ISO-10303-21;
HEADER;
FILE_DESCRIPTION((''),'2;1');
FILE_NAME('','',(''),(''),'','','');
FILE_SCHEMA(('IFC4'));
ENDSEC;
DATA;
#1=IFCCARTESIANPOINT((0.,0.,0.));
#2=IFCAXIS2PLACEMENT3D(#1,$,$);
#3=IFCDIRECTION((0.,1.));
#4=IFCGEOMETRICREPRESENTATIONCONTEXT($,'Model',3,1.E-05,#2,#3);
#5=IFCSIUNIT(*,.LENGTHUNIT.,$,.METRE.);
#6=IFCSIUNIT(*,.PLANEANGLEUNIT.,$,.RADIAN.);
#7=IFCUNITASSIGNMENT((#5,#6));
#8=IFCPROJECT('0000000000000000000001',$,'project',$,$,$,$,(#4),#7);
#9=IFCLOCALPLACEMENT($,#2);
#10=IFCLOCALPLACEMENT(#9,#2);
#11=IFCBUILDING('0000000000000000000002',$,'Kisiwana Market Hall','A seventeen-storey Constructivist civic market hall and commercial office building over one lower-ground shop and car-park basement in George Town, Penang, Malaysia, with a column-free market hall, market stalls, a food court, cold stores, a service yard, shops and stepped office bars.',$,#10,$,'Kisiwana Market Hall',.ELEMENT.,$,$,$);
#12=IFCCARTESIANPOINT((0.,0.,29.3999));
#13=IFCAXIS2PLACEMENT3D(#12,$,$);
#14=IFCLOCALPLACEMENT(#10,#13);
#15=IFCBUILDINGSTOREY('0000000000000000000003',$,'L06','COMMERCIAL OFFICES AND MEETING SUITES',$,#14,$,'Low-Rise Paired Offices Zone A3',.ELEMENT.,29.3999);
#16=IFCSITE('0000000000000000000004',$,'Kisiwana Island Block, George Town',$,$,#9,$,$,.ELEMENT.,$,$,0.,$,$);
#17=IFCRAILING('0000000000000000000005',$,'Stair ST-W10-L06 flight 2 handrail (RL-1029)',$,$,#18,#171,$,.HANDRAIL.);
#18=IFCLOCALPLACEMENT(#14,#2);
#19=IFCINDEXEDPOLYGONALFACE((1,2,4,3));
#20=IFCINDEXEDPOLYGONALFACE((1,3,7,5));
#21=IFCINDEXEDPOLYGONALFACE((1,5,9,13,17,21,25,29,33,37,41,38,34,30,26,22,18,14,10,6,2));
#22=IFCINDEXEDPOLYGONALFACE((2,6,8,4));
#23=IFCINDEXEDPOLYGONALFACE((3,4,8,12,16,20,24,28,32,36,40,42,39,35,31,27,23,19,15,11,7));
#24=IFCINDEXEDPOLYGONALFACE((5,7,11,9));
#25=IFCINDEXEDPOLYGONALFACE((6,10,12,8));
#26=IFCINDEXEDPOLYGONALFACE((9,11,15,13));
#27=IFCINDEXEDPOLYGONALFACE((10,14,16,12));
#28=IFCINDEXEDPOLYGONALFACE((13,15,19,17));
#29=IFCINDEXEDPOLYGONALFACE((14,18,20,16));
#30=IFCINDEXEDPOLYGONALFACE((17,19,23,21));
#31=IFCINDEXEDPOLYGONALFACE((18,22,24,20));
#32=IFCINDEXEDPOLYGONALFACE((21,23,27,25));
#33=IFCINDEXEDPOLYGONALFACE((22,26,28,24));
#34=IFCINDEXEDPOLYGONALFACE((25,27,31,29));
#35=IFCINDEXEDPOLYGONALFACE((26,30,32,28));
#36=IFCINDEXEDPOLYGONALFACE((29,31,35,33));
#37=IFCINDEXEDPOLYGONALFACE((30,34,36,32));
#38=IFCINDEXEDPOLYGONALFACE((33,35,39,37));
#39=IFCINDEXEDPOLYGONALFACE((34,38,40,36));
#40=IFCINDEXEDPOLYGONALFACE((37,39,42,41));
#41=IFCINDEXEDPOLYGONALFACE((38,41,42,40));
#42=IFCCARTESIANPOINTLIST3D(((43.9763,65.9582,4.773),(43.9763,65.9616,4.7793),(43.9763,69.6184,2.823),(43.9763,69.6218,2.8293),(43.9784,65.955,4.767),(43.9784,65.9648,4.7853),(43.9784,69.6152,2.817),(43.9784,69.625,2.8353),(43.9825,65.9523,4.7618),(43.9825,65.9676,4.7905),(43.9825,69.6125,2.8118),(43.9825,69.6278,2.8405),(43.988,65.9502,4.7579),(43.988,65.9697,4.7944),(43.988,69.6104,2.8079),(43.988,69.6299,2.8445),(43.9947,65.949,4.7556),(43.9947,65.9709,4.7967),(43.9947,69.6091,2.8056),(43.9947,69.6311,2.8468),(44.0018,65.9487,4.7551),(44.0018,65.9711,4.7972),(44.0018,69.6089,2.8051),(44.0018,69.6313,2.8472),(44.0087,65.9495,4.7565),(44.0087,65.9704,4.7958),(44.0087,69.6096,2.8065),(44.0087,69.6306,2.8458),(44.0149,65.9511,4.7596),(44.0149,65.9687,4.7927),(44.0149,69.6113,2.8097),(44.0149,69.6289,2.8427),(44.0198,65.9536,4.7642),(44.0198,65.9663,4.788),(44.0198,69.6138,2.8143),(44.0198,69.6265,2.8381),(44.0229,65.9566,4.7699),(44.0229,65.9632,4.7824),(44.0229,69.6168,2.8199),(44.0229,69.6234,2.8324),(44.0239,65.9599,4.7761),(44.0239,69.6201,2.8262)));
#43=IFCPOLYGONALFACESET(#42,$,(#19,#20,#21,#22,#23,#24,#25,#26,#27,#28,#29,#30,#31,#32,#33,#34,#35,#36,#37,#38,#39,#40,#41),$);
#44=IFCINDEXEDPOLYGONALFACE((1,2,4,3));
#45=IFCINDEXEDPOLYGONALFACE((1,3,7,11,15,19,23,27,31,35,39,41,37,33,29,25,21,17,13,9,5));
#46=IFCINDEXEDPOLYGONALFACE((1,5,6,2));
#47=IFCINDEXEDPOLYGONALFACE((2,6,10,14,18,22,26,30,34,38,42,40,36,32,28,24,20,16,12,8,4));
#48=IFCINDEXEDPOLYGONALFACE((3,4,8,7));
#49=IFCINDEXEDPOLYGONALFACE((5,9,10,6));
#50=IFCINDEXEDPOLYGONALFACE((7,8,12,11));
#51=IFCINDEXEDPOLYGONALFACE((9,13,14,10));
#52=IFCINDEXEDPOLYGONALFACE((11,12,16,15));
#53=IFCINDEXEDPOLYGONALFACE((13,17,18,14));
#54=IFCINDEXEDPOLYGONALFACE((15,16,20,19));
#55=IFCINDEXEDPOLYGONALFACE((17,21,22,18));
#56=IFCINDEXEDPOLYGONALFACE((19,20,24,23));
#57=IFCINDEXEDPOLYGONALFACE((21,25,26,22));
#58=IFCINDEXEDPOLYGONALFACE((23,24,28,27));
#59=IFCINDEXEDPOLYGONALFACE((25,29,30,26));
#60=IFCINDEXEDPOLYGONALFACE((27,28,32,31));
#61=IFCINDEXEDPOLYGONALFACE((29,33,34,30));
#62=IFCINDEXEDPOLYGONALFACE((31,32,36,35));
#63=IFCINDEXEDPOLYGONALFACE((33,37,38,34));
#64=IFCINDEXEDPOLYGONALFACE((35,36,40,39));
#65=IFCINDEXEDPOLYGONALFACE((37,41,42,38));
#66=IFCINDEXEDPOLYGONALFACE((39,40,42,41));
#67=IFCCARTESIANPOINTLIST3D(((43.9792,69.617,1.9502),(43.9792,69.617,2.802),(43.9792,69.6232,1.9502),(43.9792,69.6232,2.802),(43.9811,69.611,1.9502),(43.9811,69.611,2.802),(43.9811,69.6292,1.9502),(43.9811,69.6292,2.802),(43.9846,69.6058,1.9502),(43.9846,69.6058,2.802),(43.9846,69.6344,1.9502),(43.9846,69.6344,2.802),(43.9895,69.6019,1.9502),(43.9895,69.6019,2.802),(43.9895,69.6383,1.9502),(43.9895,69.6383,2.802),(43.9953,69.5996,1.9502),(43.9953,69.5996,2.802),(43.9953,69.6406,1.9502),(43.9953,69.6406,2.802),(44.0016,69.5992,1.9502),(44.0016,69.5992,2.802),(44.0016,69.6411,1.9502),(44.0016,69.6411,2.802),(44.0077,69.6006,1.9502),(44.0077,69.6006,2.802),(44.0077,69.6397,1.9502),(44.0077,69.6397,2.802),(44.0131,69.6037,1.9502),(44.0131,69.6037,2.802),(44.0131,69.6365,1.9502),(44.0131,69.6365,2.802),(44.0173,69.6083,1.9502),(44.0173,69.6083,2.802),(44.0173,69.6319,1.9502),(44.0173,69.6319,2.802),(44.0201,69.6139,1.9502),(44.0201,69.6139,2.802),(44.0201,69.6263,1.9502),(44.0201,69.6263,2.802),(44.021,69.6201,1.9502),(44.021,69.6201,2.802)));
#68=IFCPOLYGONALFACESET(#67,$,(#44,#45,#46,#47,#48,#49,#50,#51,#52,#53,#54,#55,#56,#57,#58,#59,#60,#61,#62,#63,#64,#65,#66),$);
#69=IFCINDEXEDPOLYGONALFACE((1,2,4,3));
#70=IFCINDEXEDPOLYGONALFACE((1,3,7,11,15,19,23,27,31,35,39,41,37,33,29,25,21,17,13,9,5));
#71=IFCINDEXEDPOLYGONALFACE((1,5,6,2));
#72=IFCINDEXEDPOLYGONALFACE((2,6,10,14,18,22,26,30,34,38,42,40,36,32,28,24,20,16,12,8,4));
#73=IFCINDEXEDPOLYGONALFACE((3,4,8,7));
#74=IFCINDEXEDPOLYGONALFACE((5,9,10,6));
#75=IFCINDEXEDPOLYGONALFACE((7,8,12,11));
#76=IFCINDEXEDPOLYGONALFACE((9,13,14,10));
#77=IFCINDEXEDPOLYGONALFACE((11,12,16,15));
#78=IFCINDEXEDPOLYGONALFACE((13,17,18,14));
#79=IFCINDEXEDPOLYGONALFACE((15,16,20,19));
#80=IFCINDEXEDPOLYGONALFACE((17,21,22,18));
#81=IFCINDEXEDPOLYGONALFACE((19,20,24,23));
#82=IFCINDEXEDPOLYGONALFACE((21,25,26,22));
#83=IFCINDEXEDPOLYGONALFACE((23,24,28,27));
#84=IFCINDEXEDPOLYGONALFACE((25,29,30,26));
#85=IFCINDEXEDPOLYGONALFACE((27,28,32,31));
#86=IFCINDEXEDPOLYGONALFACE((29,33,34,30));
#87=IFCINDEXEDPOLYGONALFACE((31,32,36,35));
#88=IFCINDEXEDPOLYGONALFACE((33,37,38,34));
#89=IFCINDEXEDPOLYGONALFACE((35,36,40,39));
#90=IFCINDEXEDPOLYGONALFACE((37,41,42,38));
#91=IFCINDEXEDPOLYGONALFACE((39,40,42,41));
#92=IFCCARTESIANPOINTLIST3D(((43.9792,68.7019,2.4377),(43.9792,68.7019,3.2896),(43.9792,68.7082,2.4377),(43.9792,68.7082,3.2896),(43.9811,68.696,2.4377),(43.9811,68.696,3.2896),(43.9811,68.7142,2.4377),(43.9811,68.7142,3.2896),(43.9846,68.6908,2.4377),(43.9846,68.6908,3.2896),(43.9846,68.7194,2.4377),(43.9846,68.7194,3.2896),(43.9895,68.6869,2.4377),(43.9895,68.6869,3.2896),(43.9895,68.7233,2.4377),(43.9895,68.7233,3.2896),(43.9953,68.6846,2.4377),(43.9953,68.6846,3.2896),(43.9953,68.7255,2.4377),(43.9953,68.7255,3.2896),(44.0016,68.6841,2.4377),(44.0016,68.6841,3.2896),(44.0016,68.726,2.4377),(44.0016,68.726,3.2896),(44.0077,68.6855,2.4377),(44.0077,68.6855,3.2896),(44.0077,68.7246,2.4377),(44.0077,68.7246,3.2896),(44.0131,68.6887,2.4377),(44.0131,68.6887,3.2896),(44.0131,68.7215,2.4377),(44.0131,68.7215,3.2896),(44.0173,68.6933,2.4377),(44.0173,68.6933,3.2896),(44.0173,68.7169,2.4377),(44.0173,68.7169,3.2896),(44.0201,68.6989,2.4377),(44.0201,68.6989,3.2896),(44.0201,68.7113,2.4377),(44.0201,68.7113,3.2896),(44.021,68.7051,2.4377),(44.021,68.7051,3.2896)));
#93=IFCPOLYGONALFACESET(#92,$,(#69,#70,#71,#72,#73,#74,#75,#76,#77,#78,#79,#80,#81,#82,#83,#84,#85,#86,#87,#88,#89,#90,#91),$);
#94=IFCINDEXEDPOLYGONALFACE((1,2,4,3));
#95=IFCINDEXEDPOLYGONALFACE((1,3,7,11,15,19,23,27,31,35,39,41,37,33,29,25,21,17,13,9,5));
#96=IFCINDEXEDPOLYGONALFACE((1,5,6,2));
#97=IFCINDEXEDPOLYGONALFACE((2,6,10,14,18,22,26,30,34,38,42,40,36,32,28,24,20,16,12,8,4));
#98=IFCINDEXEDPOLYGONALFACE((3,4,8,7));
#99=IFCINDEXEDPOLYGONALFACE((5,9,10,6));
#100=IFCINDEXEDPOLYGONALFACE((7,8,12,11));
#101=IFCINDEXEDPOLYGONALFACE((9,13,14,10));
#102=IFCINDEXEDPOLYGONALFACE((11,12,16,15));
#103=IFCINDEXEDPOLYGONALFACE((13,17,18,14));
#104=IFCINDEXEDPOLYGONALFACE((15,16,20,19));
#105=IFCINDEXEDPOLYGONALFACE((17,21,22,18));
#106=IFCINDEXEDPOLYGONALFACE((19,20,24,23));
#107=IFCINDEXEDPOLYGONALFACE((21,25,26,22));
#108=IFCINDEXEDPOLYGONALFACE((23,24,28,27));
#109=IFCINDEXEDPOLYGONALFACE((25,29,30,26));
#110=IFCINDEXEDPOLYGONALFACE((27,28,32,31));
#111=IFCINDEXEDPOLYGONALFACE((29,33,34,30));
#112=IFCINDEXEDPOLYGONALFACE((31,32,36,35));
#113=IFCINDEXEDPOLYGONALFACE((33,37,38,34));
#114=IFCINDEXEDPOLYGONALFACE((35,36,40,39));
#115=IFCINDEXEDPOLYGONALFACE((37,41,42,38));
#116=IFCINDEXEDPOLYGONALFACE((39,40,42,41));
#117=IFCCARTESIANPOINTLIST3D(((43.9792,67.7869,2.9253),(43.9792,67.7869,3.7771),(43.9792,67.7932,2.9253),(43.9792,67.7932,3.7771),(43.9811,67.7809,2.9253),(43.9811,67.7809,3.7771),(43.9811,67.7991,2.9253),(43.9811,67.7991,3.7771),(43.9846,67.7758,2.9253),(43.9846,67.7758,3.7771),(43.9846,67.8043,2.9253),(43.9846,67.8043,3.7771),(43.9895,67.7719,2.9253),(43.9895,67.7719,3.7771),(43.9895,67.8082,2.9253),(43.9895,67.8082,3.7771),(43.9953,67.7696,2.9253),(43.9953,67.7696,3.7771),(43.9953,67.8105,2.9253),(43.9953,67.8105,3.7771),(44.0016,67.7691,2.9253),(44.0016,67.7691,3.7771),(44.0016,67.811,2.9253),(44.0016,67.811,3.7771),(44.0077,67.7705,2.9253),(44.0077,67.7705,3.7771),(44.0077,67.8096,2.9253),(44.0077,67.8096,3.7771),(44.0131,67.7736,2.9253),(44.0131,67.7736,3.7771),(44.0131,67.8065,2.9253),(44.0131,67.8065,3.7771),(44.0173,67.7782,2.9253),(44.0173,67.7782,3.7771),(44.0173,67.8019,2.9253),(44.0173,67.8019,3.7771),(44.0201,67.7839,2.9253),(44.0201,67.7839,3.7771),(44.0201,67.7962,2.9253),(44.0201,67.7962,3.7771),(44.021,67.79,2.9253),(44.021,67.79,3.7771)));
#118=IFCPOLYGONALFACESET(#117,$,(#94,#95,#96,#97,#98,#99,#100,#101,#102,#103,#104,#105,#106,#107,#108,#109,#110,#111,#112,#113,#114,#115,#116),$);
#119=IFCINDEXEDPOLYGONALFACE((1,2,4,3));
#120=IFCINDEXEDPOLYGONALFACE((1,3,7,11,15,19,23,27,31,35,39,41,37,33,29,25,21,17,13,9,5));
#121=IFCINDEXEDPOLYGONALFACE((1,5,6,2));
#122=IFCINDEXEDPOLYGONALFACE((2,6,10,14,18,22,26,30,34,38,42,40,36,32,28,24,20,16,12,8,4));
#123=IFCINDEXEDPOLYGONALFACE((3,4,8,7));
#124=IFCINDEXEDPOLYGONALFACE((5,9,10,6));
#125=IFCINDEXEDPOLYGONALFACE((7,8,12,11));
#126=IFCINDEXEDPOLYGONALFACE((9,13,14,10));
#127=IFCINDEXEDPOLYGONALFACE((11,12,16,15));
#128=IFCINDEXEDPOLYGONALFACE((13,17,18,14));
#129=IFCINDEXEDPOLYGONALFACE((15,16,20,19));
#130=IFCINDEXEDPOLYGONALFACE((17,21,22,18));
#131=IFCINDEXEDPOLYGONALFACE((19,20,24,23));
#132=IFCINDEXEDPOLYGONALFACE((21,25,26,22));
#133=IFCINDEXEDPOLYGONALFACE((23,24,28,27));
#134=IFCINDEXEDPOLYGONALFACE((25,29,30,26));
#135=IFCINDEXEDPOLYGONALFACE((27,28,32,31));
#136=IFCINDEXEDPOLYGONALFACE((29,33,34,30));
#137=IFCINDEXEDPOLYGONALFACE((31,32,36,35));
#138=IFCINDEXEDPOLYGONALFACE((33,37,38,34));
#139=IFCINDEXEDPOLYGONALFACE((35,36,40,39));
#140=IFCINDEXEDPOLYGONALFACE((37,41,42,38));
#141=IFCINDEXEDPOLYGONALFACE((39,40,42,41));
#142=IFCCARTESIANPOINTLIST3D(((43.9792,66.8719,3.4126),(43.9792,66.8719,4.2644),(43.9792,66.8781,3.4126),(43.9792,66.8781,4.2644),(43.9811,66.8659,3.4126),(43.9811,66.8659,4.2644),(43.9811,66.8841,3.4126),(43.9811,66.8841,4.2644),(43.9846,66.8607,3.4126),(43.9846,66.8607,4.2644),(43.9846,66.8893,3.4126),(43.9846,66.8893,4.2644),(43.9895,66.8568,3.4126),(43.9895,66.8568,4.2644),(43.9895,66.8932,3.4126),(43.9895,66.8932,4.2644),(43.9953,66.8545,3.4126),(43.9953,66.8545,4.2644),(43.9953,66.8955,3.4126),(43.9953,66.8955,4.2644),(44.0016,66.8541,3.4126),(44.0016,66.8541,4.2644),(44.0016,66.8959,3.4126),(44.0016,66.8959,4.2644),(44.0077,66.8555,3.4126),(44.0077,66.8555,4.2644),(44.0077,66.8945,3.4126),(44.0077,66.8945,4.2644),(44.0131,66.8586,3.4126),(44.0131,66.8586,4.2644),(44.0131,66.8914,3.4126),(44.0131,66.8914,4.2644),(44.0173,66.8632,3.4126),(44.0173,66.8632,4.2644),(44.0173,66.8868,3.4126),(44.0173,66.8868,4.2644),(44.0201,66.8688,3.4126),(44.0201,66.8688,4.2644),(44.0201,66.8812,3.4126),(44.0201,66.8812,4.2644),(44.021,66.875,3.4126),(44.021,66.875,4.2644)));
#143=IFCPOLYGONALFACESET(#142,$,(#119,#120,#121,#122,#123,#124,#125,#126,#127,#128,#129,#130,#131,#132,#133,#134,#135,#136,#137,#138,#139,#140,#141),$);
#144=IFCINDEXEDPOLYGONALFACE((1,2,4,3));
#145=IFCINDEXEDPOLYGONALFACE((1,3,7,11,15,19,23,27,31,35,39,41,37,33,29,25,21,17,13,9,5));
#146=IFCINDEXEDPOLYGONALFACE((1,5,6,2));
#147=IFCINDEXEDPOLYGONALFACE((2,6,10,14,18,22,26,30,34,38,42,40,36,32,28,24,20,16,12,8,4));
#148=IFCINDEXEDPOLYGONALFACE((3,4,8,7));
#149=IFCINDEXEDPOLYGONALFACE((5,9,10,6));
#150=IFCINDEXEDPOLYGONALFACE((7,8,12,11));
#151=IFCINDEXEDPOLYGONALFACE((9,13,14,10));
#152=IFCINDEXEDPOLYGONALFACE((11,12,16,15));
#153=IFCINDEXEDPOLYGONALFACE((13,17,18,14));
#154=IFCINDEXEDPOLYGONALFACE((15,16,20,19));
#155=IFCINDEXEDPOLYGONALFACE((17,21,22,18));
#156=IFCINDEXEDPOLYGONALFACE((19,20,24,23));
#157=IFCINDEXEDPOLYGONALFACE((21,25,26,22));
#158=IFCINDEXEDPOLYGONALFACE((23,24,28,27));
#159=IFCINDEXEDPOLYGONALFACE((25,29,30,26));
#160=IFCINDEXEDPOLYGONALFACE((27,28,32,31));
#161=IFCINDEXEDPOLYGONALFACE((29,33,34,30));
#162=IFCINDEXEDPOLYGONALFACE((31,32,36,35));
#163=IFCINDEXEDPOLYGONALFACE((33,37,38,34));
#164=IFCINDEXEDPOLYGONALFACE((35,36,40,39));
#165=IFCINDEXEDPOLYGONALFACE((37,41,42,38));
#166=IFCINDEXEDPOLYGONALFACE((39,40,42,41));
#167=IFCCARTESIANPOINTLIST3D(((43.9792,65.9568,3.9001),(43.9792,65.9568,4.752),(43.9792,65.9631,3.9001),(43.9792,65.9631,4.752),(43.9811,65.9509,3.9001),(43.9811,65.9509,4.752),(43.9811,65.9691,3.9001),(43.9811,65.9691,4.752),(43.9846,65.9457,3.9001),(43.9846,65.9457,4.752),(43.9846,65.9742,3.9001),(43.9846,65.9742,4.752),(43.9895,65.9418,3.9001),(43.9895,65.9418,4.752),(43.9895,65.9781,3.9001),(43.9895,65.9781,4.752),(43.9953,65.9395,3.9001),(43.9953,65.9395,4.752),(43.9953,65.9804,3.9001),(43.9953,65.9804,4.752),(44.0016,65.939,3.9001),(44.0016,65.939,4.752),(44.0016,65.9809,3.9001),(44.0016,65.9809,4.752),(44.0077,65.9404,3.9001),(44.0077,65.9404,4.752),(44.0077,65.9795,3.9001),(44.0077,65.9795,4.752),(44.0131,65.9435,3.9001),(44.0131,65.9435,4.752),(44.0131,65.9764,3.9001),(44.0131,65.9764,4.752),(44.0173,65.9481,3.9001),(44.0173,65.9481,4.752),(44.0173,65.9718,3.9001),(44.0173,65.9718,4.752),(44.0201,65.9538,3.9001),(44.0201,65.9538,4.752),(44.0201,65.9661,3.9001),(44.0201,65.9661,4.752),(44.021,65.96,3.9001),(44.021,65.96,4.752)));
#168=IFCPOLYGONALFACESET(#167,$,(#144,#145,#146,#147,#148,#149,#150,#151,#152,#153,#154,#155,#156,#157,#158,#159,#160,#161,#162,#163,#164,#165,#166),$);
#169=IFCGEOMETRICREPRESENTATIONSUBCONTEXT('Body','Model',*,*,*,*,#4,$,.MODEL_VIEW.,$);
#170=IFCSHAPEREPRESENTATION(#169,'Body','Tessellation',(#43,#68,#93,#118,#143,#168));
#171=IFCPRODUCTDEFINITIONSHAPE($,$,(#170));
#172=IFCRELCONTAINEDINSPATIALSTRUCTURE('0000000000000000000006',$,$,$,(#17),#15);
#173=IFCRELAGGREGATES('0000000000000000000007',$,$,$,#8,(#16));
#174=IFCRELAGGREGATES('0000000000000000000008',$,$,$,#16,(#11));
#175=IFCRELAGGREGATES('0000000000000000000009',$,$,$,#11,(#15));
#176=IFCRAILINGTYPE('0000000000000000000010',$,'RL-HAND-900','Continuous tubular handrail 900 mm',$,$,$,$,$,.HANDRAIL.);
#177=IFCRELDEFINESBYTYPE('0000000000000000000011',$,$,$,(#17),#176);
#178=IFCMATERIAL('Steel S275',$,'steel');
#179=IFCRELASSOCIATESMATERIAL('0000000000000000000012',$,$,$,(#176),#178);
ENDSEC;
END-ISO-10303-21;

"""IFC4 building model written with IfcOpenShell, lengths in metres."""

from ifc_helpers import new_model, si_unit, direction, frame, origin, origin_2d, place, context, subcontext, project, spatial, circle, extrude, material, type_object, element, save


model = new_model("IFC4")

# Units and contexts
model_context = context("Model", 3, precision=1e-05, world=origin(), true_north=direction((0.0, 1.0)))
body_context = subcontext(model_context, "Body", "Model", "MODEL_VIEW")
ifc_project = project(units=[si_unit("LENGTHUNIT", "METRE"), si_unit("PLANEANGLEUNIT", "RADIAN")], contexts=[model_context])

# Site, building, storey
site_placement = place(None, origin())
site = spatial("IfcSite", under=ifc_project, at=site_placement, Name="Kisiwana Island Block, George Town", CompositionType="ELEMENT", RefElevation=0.0)
building_placement = place(site_placement, origin())
building = spatial("IfcBuilding", under=site, at=building_placement, Name="Kisiwana Market Hall", Description="A seventeen-storey Constructivist civic market hall and commercial office building over one lower-ground shop and car-park basement in George Town, Penang, Malaysia, with a column-free market hall, market stalls, a food court, cold stores, a service yard, shops and stepped office bars.", LongName="Kisiwana Market Hall", CompositionType="ELEMENT")
storey_placement = place(building_placement, frame((0.0, 0.0, 29.3999)))
storey = spatial("IfcBuildingStorey", under=building, at=storey_placement, Name="L06", Description="COMMERCIAL OFFICES AND MEETING SUITES", LongName="Low-Rise Paired Offices Zone A3", CompositionType="ELEMENT", Elevation=29.3999)

# Railing
ifc_material_1 = material(Name="Steel S275", Category="steel")
railing_type_1 = type_object("IfcRailingType", Name="RL-HAND-900", Description="Continuous tubular handrail 900 mm", PredefinedType="HANDRAIL", material=ifc_material_1)
railing_1_placement = place(storey_placement, frame((44.0, 69.6201, 1.9502)))
element("IfcRailing", 1, at=railing_1_placement, inside=storey, type_object=railing_type_1, Name="Stair ST-W10-L06 flight 2 handrail (RL-1029)", PredefinedType="HANDRAIL", context=body_context, shape_type="SweptSolid", body=[
    extrude(circle(Radius=0.0239, at=origin_2d()), frame((0.0, 0.0, 0.876), z_axis=(0.0, -0.882566, 0.470188), x_axis=(1.0, 0.0, 0.0)), (0.0, 0.0, 1.0), 4.1472),
    extrude(circle(Radius=0.021, at=origin_2d()), origin(), (0.0, 0.0, 1.0), 0.8518),
    extrude(circle(Radius=0.021, at=origin_2d()), frame((0.0, -0.915, 0.4875)), (0.0, 0.0, 1.0), 0.8518),
    extrude(circle(Radius=0.021, at=origin_2d()), frame((0.0, -1.8301, 0.9751)), (0.0, 0.0, 1.0), 0.8518),
    extrude(circle(Radius=0.021, at=origin_2d()), frame((0.0, -2.7451, 1.4624)), (0.0, 0.0, 1.0), 0.8518),
    extrude(circle(Radius=0.021, at=origin_2d()), frame((0.0, -3.6602, 1.95)), (0.0, 0.0, 1.0), 0.8518),
])

save(model, "model.ifc")
